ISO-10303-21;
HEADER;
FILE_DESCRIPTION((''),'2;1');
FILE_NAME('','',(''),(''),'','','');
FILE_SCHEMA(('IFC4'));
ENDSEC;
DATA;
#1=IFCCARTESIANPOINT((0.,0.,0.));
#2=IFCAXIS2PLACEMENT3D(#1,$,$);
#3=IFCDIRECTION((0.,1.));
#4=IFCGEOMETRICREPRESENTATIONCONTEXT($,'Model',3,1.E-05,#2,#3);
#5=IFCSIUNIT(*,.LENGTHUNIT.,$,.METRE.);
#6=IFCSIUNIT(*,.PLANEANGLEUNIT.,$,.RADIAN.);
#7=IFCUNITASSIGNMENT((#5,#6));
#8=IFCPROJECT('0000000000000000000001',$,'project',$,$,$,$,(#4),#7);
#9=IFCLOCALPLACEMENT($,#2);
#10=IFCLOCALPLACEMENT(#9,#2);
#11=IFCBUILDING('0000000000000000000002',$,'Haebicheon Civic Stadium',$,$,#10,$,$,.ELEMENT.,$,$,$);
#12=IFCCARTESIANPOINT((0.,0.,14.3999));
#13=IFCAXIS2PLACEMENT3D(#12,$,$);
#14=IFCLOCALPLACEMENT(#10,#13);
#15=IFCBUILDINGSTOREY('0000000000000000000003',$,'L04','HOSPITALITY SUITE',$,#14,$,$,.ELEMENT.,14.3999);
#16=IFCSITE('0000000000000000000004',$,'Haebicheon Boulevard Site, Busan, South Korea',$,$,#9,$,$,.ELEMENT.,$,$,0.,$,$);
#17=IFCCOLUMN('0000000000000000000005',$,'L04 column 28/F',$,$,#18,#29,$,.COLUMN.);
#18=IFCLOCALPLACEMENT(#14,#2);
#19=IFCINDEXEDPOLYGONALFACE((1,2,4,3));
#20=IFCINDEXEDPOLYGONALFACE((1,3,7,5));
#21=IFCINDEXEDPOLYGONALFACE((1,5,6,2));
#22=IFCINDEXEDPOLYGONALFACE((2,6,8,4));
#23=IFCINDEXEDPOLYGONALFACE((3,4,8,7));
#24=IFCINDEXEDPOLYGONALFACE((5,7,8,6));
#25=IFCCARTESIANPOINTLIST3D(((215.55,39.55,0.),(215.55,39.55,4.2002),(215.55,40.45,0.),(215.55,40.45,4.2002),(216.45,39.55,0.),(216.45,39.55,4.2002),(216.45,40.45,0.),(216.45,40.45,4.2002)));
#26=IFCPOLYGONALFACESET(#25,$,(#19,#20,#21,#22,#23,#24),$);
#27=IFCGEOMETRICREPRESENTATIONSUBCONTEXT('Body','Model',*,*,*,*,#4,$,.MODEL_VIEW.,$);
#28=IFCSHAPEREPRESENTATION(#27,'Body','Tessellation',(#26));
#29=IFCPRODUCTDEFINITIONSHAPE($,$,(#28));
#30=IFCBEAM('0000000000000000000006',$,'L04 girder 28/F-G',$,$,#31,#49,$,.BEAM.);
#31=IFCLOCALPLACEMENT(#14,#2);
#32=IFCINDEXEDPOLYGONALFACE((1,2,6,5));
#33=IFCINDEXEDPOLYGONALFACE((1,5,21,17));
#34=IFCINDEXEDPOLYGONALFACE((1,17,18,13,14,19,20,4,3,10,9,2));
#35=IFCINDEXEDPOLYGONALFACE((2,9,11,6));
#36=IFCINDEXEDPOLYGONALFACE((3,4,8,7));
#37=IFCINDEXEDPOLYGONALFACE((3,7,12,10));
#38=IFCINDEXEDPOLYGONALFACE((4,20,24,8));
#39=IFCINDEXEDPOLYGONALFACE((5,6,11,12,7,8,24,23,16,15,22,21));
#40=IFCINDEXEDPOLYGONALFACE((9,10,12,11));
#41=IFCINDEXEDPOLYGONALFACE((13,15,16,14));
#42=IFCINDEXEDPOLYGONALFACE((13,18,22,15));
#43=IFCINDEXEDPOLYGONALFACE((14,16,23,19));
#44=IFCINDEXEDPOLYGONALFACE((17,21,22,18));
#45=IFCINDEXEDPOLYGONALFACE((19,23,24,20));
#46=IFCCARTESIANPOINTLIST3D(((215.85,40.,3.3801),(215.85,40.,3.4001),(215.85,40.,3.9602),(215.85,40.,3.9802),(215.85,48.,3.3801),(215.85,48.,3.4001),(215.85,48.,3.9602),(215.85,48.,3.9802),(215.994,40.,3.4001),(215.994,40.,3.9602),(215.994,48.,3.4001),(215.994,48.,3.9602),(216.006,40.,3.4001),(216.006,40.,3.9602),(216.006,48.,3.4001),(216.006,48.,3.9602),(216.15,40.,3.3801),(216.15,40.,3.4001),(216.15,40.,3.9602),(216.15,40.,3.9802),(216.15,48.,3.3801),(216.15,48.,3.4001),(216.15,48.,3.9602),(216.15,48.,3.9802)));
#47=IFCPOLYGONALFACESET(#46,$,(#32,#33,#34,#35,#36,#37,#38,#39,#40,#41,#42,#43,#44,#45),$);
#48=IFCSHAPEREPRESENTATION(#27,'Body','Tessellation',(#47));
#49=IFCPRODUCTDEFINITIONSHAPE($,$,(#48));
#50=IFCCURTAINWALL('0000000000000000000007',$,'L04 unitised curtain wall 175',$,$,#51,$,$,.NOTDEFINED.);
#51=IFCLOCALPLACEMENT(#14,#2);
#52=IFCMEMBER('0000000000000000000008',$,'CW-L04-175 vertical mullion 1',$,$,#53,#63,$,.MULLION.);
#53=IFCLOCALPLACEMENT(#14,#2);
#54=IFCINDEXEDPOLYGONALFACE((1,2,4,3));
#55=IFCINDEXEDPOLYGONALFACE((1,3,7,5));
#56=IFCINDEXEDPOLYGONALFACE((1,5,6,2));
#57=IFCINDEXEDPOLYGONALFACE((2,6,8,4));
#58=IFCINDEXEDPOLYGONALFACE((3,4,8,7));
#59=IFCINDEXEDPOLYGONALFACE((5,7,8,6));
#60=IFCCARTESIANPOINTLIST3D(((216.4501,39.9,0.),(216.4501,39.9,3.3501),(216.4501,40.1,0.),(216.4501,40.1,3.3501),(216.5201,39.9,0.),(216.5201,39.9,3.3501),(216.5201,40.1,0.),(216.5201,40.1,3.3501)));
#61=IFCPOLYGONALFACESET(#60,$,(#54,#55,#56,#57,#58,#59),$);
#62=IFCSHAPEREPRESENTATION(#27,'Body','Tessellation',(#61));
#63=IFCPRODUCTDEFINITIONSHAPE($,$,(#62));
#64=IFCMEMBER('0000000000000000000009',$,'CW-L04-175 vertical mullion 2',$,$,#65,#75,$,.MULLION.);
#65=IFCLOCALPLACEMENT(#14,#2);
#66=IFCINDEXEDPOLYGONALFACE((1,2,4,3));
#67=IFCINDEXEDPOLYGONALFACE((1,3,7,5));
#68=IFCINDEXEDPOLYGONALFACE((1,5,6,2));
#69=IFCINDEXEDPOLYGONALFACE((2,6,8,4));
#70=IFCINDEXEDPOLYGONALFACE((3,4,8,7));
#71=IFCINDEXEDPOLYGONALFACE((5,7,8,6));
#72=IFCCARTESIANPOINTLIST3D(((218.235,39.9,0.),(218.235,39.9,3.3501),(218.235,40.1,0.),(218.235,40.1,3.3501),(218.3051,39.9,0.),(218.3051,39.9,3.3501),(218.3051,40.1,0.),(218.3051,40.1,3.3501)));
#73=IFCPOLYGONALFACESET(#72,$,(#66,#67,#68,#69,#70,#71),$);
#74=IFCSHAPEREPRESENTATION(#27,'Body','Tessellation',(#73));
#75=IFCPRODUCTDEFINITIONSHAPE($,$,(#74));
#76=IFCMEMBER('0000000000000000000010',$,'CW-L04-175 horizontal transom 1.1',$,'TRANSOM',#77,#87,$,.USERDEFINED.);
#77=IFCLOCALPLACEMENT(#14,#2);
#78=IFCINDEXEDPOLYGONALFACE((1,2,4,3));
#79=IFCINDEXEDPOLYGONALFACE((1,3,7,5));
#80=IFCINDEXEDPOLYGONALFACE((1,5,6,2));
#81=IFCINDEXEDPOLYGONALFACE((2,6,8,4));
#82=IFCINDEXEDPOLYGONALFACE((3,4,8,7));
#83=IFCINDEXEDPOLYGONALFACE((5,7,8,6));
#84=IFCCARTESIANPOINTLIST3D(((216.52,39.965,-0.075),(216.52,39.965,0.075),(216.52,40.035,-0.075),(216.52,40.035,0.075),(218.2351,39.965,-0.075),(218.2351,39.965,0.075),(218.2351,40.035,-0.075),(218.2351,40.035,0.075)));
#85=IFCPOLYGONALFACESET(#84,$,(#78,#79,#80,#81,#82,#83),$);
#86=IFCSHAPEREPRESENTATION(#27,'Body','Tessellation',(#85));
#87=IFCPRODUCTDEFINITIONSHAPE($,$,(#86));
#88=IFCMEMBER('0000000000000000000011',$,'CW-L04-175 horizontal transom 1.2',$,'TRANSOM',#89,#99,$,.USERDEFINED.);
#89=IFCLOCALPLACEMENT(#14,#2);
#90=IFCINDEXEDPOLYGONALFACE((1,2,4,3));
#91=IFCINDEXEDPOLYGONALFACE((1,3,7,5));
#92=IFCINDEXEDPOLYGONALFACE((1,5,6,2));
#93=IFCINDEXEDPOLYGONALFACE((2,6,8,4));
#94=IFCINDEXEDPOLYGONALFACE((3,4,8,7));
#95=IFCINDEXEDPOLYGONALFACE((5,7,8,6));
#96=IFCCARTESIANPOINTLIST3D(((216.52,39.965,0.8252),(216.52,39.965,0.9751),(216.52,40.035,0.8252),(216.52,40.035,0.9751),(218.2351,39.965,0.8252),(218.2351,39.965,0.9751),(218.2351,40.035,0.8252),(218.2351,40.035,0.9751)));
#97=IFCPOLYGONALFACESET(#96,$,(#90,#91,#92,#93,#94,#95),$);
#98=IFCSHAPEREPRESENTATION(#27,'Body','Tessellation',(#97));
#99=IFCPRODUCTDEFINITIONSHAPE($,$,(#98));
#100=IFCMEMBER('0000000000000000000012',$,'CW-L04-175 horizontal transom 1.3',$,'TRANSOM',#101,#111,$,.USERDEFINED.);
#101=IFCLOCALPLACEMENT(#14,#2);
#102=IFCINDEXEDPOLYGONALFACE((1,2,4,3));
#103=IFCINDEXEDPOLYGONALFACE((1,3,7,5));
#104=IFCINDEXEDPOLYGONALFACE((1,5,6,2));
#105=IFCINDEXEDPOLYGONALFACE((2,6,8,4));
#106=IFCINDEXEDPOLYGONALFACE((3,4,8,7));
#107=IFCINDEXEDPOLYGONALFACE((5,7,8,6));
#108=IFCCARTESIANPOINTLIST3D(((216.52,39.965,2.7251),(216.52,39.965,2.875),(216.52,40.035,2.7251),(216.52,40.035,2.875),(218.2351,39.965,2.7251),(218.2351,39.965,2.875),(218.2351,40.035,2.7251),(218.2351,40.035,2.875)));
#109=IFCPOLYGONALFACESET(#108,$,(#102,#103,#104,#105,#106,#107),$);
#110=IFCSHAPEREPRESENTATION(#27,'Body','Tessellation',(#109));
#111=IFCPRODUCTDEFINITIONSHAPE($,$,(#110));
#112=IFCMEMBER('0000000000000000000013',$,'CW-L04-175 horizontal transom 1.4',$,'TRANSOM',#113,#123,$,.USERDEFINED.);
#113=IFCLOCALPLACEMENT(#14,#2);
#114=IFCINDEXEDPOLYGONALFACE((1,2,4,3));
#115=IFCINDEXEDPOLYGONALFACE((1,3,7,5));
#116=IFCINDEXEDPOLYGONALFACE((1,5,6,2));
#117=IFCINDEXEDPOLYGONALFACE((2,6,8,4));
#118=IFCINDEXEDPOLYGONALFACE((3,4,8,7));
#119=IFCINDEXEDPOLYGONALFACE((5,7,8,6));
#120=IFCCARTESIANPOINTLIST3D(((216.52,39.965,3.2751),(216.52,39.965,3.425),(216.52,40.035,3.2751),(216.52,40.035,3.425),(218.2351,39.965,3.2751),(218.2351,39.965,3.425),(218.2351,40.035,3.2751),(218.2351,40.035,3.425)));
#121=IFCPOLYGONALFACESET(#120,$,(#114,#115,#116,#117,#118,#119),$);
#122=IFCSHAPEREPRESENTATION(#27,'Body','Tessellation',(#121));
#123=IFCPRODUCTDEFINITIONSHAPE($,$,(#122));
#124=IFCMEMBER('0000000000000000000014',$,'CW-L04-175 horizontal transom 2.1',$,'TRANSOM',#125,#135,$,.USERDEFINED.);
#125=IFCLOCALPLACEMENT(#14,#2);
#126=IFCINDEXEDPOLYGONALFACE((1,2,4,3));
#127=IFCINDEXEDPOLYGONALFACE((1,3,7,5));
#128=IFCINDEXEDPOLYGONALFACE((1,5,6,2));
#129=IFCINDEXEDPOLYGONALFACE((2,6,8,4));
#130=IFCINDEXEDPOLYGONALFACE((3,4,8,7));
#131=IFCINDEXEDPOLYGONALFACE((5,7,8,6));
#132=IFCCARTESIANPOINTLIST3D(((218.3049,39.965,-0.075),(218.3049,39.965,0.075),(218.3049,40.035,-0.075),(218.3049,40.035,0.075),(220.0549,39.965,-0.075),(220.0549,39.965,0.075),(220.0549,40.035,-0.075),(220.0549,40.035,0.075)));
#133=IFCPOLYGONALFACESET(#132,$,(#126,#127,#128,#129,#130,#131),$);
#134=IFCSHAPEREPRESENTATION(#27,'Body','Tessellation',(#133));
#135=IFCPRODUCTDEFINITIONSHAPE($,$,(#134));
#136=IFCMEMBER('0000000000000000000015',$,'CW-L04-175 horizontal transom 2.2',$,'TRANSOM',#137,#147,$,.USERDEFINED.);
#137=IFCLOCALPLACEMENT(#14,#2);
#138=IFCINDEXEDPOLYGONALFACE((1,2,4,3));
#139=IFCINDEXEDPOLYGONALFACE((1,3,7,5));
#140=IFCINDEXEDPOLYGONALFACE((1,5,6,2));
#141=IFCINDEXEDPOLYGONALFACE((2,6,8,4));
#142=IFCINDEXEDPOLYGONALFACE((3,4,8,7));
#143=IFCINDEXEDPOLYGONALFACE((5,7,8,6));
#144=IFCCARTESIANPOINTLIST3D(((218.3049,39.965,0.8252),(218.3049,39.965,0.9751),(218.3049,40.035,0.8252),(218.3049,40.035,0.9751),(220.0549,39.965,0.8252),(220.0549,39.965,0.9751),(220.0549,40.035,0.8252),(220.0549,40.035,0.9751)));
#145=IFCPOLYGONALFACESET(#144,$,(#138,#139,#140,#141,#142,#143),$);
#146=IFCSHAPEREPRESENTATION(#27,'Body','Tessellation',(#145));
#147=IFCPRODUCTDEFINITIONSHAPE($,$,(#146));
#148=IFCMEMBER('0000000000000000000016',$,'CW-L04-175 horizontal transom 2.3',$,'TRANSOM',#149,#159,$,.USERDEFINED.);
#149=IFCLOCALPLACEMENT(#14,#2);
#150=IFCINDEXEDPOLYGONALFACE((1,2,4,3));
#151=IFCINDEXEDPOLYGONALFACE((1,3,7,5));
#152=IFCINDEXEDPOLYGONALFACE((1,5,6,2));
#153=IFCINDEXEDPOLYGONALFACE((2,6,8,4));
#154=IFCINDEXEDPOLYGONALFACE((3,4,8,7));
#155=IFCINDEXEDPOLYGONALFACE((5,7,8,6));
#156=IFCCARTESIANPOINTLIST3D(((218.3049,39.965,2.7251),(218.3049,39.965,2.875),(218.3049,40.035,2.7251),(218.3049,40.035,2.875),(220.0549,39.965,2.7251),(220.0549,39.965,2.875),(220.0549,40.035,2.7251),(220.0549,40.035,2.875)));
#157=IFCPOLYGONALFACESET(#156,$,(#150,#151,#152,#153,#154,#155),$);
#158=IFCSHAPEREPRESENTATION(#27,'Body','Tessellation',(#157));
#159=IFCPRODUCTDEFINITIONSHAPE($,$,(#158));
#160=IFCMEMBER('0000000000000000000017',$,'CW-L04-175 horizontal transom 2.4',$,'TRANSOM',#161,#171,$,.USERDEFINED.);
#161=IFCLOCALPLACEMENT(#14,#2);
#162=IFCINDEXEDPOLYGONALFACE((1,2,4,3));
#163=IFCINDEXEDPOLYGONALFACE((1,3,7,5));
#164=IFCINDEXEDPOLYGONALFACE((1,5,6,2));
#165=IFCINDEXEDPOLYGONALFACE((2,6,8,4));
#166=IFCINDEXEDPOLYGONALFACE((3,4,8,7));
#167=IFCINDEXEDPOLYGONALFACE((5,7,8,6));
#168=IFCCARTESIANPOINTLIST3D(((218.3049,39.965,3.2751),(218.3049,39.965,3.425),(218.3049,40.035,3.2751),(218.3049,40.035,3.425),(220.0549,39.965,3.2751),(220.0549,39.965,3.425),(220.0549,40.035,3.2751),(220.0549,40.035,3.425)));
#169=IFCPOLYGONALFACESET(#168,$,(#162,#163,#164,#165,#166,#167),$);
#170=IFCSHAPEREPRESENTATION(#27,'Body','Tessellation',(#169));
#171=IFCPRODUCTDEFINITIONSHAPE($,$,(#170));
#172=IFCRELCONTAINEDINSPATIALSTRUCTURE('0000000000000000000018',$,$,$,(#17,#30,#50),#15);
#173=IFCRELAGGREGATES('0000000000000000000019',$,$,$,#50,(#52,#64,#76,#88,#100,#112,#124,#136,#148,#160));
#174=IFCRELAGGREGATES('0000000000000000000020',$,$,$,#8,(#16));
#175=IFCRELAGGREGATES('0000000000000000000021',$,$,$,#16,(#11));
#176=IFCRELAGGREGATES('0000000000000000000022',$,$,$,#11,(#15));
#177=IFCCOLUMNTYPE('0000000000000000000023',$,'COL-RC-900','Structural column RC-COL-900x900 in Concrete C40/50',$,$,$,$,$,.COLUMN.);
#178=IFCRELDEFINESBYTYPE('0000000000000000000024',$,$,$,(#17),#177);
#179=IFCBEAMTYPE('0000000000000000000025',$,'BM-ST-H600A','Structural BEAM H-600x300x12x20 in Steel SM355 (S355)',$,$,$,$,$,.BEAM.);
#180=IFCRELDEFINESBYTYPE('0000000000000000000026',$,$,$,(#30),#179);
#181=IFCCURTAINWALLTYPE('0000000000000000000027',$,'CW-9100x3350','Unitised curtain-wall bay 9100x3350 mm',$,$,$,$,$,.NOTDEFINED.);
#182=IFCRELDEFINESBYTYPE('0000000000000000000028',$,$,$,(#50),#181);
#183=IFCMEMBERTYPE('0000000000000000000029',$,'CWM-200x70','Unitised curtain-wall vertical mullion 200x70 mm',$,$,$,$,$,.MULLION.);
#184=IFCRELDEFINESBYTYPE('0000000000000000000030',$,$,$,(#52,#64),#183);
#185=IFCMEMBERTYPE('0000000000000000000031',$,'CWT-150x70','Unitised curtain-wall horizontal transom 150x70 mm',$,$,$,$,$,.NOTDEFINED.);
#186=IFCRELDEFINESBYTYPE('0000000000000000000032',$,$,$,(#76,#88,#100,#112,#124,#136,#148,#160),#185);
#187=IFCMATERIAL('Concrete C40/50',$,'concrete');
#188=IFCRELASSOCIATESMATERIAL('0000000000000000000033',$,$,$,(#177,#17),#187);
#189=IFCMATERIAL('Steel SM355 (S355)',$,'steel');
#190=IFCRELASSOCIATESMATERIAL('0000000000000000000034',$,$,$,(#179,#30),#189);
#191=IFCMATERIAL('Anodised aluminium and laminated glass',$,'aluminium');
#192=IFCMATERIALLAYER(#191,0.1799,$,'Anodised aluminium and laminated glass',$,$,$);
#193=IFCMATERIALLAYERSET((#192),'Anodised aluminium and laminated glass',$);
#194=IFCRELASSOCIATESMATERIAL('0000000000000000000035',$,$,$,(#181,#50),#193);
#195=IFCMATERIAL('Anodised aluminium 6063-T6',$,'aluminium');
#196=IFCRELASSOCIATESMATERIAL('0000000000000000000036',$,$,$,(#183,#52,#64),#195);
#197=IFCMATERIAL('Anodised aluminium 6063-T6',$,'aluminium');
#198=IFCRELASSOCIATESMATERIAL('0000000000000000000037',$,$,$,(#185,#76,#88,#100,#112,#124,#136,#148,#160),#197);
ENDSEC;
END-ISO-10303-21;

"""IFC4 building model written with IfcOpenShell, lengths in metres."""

from ifc_helpers import new_model, si_unit, direction, frame, origin, origin_2d, place, context, subcontext, project, spatial, rectangle, i_section, extrude, material, layer, layer_set, material_profile, profile_set, type_object, element, aggregate, save


model = new_model("IFC4")

# Units and contexts
model_context = context("Model", 3, precision=1e-05, world=origin(), true_north=direction((0.0, 1.0)))
body_context = subcontext(model_context, "Body", "Model", "MODEL_VIEW")
ifc_project = project(units=[si_unit("LENGTHUNIT", "METRE"), si_unit("PLANEANGLEUNIT", "RADIAN")], contexts=[model_context])

# Site, building, storey
site_placement = place(None, origin())
site = spatial("IfcSite", under=ifc_project, at=site_placement, Name="Haebicheon Boulevard Site, Busan, South Korea", CompositionType="ELEMENT", RefElevation=0.0)
building_placement = place(site_placement, origin())
building = spatial("IfcBuilding", under=site, at=building_placement, Name="Haebicheon Civic Stadium", CompositionType="ELEMENT")
storey_placement = place(building_placement, frame((0.0, 0.0, 14.3999)))
storey = spatial("IfcBuildingStorey", under=building, at=storey_placement, Name="L04", Description="HOSPITALITY SUITE", CompositionType="ELEMENT", Elevation=14.3999)

# Column
ifc_material_1 = material(Name="Concrete C40/50", Category="concrete")
ifc_material_profile_1 = material_profile(ifc_material_1, rectangle(XDim=0.8999, YDim=0.8999, at=origin_2d()), Name="RC-COL-900x900")
ifc_profile_set_1 = profile_set([ifc_material_profile_1], Name="Concrete C40/50")
column_type = type_object("IfcColumnType", Name="COL-RC-900", Description="Structural column RC-COL-900x900 in Concrete C40/50", PredefinedType="COLUMN", material=ifc_profile_set_1)
column_placement = place(storey_placement, frame((216.0, 40.0, 0.0), z_axis=(0.0, 0.0, 1.0), x_axis=(1.0, 0.0, 0.0)))
element("IfcColumn", 1, at=column_placement, inside=storey, type_object=column_type, material=ifc_profile_set_1, Name="L04 column 28/F", PredefinedType="COLUMN", context=body_context, shape_type="SweptSolid", body=[
    extrude(rectangle(XDim=0.8999, YDim=0.8999, at=origin_2d()), origin(), (0.0, 0.0, 1.0), 4.2002),
])

# Beam
ifc_material_2 = material(Name="Steel SM355 (S355)", Category="steel")
ifc_material_profile_2 = material_profile(ifc_material_2, i_section(OverallWidth=0.3, OverallDepth=0.6001, WebThickness=0.012, FlangeThickness=0.02, at=origin_2d()), Name="H-600x300x12x20")
ifc_profile_set_2 = profile_set([ifc_material_profile_2], Name="Steel SM355 (S355)")
beam_type_1 = type_object("IfcBeamType", Name="BM-ST-H600A", Description="Structural BEAM H-600x300x12x20 in Steel SM355 (S355)", PredefinedType="BEAM", material=ifc_profile_set_2)
beam_1_placement = place(storey_placement, frame((216.0, 40.0, 3.6802), z_axis=(0.0, 1.0, 0.0), x_axis=(-1.0, 0.0, 0.0)))
element("IfcBeam", 2, at=beam_1_placement, inside=storey, type_object=beam_type_1, material=ifc_profile_set_2, Name="L04 girder 28/F-G", PredefinedType="BEAM", context=body_context, shape_type="SweptSolid", body=[
    extrude(i_section(OverallWidth=0.3, OverallDepth=0.6001, WebThickness=0.012, FlangeThickness=0.02, at=origin_2d()), origin(), (0.0, 0.0, 1.0), 8.0),
])

# Curtain wall, members
ifc_material_3 = material(Name="Anodised aluminium and laminated glass", Category="aluminium")
ifc_layer_1 = layer(ifc_material_3, 0.1799, Name="Anodised aluminium and laminated glass")
ifc_layer_set_1 = layer_set([ifc_layer_1], Name="Anodised aluminium and laminated glass")
curtain_wall_type = type_object("IfcCurtainWallType", Name="CW-9100x3350", Description="Unitised curtain-wall bay 9100x3350 mm", PredefinedType="NOTDEFINED", material=ifc_layer_set_1)
curtain_wall_placement = place(storey_placement, origin())
curtain_wall = element("IfcCurtainWall", 3, at=curtain_wall_placement, inside=storey, type_object=curtain_wall_type, material=ifc_layer_set_1, Name="L04 unitised curtain wall 175", PredefinedType="NOTDEFINED")
ifc_material_4 = material(Name="Anodised aluminium 6063-T6", Category="aluminium")
ifc_material_profile_3 = material_profile(ifc_material_4, rectangle(XDim=0.0701, YDim=0.2, at=origin_2d()), Name="ALU-MULL-70x200")
ifc_profile_set_3 = profile_set([ifc_material_profile_3], Name="Anodised aluminium 6063-T6")
member_type_1 = type_object("IfcMemberType", Name="CWM-200x70", Description="Unitised curtain-wall vertical mullion 200x70 mm", PredefinedType="MULLION", material=ifc_profile_set_3)
member_1_placement = place(storey_placement, frame((216.4851, 40.0, 0.0), z_axis=(0.0, 0.0, 1.0), x_axis=(1.0, 0.0, 0.0)))
member_1 = element("IfcMember", 4, at=member_1_placement, type_object=member_type_1, material=ifc_profile_set_3, Name="CW-L04-175 vertical mullion 1", PredefinedType="MULLION", context=body_context, shape_type="SweptSolid", body=[
    extrude(rectangle(XDim=0.0701, YDim=0.2, at=origin_2d()), origin(), (0.0, 0.0, 1.0), 3.3501),
])
member_2_placement = place(storey_placement, frame((218.27, 40.0, 0.0), z_axis=(0.0, 0.0, 1.0), x_axis=(1.0, 0.0, 0.0)))
member_2 = element("IfcMember", 5, at=member_2_placement, type_object=member_type_1, material=ifc_profile_set_3, Name="CW-L04-175 vertical mullion 2", PredefinedType="MULLION", context=body_context, shape_type="SweptSolid", body=[
    extrude(rectangle(XDim=0.0701, YDim=0.2, at=origin_2d()), origin(), (0.0, 0.0, 1.0), 3.3501),
])
ifc_material_5 = material(Name="Anodised aluminium 6063-T6", Category="aluminium")
ifc_material_profile_4 = material_profile(ifc_material_5, rectangle(XDim=0.0701, YDim=0.1499, at=origin_2d()), Name="ALU-TRAN-70x150")
ifc_profile_set_4 = profile_set([ifc_material_profile_4], Name="Anodised aluminium 6063-T6")
member_type_2 = type_object("IfcMemberType", Name="CWT-150x70", Description="Unitised curtain-wall horizontal transom 150x70 mm", PredefinedType="NOTDEFINED", material=ifc_profile_set_4)
member_3_placement = place(storey_placement, frame((216.52, 40.0, 0.0), z_axis=(1.0, 0.0, 0.0), x_axis=(0.0, 1.0, 0.0)))
member_3 = element("IfcMember", 6, at=member_3_placement, type_object=member_type_2, material=ifc_profile_set_4, Name="CW-L04-175 horizontal transom 1.1", ObjectType="TRANSOM", PredefinedType="USERDEFINED", context=body_context, shape_type="SweptSolid", body=[
    extrude(rectangle(XDim=0.0701, YDim=0.1499, at=origin_2d()), origin(), (0.0, 0.0, 1.0), 1.7151),
])
member_4_placement = place(storey_placement, frame((216.52, 40.0, 0.9001), z_axis=(1.0, 0.0, 0.0), x_axis=(0.0, 1.0, 0.0)))
member_4 = element("IfcMember", 7, at=member_4_placement, type_object=member_type_2, material=ifc_profile_set_4, Name="CW-L04-175 horizontal transom 1.2", ObjectType="TRANSOM", PredefinedType="USERDEFINED", context=body_context, shape_type="SweptSolid", body=[
    extrude(rectangle(XDim=0.0701, YDim=0.1499, at=origin_2d()), origin(), (0.0, 0.0, 1.0), 1.7151),
])
member_5_placement = place(storey_placement, frame((216.52, 40.0, 2.8), z_axis=(1.0, 0.0, 0.0), x_axis=(0.0, 1.0, 0.0)))
member_5 = element("IfcMember", 8, at=member_5_placement, type_object=member_type_2, material=ifc_profile_set_4, Name="CW-L04-175 horizontal transom 1.3", ObjectType="TRANSOM", PredefinedType="USERDEFINED", context=body_context, shape_type="SweptSolid", body=[
    extrude(rectangle(XDim=0.0701, YDim=0.1499, at=origin_2d()), origin(), (0.0, 0.0, 1.0), 1.7151),
])
member_6_placement = place(storey_placement, frame((216.52, 40.0, 3.3501), z_axis=(1.0, 0.0, 0.0), x_axis=(0.0, 1.0, 0.0)))
member_6 = element("IfcMember", 9, at=member_6_placement, type_object=member_type_2, material=ifc_profile_set_4, Name="CW-L04-175 horizontal transom 1.4", ObjectType="TRANSOM", PredefinedType="USERDEFINED", context=body_context, shape_type="SweptSolid", body=[
    extrude(rectangle(XDim=0.0701, YDim=0.1499, at=origin_2d()), origin(), (0.0, 0.0, 1.0), 1.7151),
])
member_7_placement = place(storey_placement, frame((218.3049, 40.0, 0.0), z_axis=(1.0, 0.0, 0.0), x_axis=(0.0, 1.0, 0.0)))
member_7 = element("IfcMember", 10, at=member_7_placement, type_object=member_type_2, material=ifc_profile_set_4, Name="CW-L04-175 horizontal transom 2.1", ObjectType="TRANSOM", PredefinedType="USERDEFINED", context=body_context, shape_type="SweptSolid", body=[
    extrude(rectangle(XDim=0.0701, YDim=0.1499, at=origin_2d()), origin(), (0.0, 0.0, 1.0), 1.75),
])
member_8_placement = place(storey_placement, frame((218.3049, 40.0, 0.9001), z_axis=(1.0, 0.0, 0.0), x_axis=(0.0, 1.0, 0.0)))
member_8 = element("IfcMember", 11, at=member_8_placement, type_object=member_type_2, material=ifc_profile_set_4, Name="CW-L04-175 horizontal transom 2.2", ObjectType="TRANSOM", PredefinedType="USERDEFINED", context=body_context, shape_type="SweptSolid", body=[
    extrude(rectangle(XDim=0.0701, YDim=0.1499, at=origin_2d()), origin(), (0.0, 0.0, 1.0), 1.75),
])
member_9_placement = place(storey_placement, frame((218.3049, 40.0, 2.8), z_axis=(1.0, 0.0, 0.0), x_axis=(0.0, 1.0, 0.0)))
member_9 = element("IfcMember", 12, at=member_9_placement, type_object=member_type_2, material=ifc_profile_set_4, Name="CW-L04-175 horizontal transom 2.3", ObjectType="TRANSOM", PredefinedType="USERDEFINED", context=body_context, shape_type="SweptSolid", body=[
    extrude(rectangle(XDim=0.0701, YDim=0.1499, at=origin_2d()), origin(), (0.0, 0.0, 1.0), 1.75),
])
member_10_placement = place(storey_placement, frame((218.3049, 40.0, 3.3501), z_axis=(1.0, 0.0, 0.0), x_axis=(0.0, 1.0, 0.0)))
member_10 = element("IfcMember", 13, at=member_10_placement, type_object=member_type_2, material=ifc_profile_set_4, Name="CW-L04-175 horizontal transom 2.4", ObjectType="TRANSOM", PredefinedType="USERDEFINED", context=body_context, shape_type="SweptSolid", body=[
    extrude(rectangle(XDim=0.0701, YDim=0.1499, at=origin_2d()), origin(), (0.0, 0.0, 1.0), 1.75),
])

aggregate(curtain_wall, [member_1, member_2, member_3, member_4, member_5, member_6, member_7, member_8, member_9, member_10])

save(model, "model.ifc")
